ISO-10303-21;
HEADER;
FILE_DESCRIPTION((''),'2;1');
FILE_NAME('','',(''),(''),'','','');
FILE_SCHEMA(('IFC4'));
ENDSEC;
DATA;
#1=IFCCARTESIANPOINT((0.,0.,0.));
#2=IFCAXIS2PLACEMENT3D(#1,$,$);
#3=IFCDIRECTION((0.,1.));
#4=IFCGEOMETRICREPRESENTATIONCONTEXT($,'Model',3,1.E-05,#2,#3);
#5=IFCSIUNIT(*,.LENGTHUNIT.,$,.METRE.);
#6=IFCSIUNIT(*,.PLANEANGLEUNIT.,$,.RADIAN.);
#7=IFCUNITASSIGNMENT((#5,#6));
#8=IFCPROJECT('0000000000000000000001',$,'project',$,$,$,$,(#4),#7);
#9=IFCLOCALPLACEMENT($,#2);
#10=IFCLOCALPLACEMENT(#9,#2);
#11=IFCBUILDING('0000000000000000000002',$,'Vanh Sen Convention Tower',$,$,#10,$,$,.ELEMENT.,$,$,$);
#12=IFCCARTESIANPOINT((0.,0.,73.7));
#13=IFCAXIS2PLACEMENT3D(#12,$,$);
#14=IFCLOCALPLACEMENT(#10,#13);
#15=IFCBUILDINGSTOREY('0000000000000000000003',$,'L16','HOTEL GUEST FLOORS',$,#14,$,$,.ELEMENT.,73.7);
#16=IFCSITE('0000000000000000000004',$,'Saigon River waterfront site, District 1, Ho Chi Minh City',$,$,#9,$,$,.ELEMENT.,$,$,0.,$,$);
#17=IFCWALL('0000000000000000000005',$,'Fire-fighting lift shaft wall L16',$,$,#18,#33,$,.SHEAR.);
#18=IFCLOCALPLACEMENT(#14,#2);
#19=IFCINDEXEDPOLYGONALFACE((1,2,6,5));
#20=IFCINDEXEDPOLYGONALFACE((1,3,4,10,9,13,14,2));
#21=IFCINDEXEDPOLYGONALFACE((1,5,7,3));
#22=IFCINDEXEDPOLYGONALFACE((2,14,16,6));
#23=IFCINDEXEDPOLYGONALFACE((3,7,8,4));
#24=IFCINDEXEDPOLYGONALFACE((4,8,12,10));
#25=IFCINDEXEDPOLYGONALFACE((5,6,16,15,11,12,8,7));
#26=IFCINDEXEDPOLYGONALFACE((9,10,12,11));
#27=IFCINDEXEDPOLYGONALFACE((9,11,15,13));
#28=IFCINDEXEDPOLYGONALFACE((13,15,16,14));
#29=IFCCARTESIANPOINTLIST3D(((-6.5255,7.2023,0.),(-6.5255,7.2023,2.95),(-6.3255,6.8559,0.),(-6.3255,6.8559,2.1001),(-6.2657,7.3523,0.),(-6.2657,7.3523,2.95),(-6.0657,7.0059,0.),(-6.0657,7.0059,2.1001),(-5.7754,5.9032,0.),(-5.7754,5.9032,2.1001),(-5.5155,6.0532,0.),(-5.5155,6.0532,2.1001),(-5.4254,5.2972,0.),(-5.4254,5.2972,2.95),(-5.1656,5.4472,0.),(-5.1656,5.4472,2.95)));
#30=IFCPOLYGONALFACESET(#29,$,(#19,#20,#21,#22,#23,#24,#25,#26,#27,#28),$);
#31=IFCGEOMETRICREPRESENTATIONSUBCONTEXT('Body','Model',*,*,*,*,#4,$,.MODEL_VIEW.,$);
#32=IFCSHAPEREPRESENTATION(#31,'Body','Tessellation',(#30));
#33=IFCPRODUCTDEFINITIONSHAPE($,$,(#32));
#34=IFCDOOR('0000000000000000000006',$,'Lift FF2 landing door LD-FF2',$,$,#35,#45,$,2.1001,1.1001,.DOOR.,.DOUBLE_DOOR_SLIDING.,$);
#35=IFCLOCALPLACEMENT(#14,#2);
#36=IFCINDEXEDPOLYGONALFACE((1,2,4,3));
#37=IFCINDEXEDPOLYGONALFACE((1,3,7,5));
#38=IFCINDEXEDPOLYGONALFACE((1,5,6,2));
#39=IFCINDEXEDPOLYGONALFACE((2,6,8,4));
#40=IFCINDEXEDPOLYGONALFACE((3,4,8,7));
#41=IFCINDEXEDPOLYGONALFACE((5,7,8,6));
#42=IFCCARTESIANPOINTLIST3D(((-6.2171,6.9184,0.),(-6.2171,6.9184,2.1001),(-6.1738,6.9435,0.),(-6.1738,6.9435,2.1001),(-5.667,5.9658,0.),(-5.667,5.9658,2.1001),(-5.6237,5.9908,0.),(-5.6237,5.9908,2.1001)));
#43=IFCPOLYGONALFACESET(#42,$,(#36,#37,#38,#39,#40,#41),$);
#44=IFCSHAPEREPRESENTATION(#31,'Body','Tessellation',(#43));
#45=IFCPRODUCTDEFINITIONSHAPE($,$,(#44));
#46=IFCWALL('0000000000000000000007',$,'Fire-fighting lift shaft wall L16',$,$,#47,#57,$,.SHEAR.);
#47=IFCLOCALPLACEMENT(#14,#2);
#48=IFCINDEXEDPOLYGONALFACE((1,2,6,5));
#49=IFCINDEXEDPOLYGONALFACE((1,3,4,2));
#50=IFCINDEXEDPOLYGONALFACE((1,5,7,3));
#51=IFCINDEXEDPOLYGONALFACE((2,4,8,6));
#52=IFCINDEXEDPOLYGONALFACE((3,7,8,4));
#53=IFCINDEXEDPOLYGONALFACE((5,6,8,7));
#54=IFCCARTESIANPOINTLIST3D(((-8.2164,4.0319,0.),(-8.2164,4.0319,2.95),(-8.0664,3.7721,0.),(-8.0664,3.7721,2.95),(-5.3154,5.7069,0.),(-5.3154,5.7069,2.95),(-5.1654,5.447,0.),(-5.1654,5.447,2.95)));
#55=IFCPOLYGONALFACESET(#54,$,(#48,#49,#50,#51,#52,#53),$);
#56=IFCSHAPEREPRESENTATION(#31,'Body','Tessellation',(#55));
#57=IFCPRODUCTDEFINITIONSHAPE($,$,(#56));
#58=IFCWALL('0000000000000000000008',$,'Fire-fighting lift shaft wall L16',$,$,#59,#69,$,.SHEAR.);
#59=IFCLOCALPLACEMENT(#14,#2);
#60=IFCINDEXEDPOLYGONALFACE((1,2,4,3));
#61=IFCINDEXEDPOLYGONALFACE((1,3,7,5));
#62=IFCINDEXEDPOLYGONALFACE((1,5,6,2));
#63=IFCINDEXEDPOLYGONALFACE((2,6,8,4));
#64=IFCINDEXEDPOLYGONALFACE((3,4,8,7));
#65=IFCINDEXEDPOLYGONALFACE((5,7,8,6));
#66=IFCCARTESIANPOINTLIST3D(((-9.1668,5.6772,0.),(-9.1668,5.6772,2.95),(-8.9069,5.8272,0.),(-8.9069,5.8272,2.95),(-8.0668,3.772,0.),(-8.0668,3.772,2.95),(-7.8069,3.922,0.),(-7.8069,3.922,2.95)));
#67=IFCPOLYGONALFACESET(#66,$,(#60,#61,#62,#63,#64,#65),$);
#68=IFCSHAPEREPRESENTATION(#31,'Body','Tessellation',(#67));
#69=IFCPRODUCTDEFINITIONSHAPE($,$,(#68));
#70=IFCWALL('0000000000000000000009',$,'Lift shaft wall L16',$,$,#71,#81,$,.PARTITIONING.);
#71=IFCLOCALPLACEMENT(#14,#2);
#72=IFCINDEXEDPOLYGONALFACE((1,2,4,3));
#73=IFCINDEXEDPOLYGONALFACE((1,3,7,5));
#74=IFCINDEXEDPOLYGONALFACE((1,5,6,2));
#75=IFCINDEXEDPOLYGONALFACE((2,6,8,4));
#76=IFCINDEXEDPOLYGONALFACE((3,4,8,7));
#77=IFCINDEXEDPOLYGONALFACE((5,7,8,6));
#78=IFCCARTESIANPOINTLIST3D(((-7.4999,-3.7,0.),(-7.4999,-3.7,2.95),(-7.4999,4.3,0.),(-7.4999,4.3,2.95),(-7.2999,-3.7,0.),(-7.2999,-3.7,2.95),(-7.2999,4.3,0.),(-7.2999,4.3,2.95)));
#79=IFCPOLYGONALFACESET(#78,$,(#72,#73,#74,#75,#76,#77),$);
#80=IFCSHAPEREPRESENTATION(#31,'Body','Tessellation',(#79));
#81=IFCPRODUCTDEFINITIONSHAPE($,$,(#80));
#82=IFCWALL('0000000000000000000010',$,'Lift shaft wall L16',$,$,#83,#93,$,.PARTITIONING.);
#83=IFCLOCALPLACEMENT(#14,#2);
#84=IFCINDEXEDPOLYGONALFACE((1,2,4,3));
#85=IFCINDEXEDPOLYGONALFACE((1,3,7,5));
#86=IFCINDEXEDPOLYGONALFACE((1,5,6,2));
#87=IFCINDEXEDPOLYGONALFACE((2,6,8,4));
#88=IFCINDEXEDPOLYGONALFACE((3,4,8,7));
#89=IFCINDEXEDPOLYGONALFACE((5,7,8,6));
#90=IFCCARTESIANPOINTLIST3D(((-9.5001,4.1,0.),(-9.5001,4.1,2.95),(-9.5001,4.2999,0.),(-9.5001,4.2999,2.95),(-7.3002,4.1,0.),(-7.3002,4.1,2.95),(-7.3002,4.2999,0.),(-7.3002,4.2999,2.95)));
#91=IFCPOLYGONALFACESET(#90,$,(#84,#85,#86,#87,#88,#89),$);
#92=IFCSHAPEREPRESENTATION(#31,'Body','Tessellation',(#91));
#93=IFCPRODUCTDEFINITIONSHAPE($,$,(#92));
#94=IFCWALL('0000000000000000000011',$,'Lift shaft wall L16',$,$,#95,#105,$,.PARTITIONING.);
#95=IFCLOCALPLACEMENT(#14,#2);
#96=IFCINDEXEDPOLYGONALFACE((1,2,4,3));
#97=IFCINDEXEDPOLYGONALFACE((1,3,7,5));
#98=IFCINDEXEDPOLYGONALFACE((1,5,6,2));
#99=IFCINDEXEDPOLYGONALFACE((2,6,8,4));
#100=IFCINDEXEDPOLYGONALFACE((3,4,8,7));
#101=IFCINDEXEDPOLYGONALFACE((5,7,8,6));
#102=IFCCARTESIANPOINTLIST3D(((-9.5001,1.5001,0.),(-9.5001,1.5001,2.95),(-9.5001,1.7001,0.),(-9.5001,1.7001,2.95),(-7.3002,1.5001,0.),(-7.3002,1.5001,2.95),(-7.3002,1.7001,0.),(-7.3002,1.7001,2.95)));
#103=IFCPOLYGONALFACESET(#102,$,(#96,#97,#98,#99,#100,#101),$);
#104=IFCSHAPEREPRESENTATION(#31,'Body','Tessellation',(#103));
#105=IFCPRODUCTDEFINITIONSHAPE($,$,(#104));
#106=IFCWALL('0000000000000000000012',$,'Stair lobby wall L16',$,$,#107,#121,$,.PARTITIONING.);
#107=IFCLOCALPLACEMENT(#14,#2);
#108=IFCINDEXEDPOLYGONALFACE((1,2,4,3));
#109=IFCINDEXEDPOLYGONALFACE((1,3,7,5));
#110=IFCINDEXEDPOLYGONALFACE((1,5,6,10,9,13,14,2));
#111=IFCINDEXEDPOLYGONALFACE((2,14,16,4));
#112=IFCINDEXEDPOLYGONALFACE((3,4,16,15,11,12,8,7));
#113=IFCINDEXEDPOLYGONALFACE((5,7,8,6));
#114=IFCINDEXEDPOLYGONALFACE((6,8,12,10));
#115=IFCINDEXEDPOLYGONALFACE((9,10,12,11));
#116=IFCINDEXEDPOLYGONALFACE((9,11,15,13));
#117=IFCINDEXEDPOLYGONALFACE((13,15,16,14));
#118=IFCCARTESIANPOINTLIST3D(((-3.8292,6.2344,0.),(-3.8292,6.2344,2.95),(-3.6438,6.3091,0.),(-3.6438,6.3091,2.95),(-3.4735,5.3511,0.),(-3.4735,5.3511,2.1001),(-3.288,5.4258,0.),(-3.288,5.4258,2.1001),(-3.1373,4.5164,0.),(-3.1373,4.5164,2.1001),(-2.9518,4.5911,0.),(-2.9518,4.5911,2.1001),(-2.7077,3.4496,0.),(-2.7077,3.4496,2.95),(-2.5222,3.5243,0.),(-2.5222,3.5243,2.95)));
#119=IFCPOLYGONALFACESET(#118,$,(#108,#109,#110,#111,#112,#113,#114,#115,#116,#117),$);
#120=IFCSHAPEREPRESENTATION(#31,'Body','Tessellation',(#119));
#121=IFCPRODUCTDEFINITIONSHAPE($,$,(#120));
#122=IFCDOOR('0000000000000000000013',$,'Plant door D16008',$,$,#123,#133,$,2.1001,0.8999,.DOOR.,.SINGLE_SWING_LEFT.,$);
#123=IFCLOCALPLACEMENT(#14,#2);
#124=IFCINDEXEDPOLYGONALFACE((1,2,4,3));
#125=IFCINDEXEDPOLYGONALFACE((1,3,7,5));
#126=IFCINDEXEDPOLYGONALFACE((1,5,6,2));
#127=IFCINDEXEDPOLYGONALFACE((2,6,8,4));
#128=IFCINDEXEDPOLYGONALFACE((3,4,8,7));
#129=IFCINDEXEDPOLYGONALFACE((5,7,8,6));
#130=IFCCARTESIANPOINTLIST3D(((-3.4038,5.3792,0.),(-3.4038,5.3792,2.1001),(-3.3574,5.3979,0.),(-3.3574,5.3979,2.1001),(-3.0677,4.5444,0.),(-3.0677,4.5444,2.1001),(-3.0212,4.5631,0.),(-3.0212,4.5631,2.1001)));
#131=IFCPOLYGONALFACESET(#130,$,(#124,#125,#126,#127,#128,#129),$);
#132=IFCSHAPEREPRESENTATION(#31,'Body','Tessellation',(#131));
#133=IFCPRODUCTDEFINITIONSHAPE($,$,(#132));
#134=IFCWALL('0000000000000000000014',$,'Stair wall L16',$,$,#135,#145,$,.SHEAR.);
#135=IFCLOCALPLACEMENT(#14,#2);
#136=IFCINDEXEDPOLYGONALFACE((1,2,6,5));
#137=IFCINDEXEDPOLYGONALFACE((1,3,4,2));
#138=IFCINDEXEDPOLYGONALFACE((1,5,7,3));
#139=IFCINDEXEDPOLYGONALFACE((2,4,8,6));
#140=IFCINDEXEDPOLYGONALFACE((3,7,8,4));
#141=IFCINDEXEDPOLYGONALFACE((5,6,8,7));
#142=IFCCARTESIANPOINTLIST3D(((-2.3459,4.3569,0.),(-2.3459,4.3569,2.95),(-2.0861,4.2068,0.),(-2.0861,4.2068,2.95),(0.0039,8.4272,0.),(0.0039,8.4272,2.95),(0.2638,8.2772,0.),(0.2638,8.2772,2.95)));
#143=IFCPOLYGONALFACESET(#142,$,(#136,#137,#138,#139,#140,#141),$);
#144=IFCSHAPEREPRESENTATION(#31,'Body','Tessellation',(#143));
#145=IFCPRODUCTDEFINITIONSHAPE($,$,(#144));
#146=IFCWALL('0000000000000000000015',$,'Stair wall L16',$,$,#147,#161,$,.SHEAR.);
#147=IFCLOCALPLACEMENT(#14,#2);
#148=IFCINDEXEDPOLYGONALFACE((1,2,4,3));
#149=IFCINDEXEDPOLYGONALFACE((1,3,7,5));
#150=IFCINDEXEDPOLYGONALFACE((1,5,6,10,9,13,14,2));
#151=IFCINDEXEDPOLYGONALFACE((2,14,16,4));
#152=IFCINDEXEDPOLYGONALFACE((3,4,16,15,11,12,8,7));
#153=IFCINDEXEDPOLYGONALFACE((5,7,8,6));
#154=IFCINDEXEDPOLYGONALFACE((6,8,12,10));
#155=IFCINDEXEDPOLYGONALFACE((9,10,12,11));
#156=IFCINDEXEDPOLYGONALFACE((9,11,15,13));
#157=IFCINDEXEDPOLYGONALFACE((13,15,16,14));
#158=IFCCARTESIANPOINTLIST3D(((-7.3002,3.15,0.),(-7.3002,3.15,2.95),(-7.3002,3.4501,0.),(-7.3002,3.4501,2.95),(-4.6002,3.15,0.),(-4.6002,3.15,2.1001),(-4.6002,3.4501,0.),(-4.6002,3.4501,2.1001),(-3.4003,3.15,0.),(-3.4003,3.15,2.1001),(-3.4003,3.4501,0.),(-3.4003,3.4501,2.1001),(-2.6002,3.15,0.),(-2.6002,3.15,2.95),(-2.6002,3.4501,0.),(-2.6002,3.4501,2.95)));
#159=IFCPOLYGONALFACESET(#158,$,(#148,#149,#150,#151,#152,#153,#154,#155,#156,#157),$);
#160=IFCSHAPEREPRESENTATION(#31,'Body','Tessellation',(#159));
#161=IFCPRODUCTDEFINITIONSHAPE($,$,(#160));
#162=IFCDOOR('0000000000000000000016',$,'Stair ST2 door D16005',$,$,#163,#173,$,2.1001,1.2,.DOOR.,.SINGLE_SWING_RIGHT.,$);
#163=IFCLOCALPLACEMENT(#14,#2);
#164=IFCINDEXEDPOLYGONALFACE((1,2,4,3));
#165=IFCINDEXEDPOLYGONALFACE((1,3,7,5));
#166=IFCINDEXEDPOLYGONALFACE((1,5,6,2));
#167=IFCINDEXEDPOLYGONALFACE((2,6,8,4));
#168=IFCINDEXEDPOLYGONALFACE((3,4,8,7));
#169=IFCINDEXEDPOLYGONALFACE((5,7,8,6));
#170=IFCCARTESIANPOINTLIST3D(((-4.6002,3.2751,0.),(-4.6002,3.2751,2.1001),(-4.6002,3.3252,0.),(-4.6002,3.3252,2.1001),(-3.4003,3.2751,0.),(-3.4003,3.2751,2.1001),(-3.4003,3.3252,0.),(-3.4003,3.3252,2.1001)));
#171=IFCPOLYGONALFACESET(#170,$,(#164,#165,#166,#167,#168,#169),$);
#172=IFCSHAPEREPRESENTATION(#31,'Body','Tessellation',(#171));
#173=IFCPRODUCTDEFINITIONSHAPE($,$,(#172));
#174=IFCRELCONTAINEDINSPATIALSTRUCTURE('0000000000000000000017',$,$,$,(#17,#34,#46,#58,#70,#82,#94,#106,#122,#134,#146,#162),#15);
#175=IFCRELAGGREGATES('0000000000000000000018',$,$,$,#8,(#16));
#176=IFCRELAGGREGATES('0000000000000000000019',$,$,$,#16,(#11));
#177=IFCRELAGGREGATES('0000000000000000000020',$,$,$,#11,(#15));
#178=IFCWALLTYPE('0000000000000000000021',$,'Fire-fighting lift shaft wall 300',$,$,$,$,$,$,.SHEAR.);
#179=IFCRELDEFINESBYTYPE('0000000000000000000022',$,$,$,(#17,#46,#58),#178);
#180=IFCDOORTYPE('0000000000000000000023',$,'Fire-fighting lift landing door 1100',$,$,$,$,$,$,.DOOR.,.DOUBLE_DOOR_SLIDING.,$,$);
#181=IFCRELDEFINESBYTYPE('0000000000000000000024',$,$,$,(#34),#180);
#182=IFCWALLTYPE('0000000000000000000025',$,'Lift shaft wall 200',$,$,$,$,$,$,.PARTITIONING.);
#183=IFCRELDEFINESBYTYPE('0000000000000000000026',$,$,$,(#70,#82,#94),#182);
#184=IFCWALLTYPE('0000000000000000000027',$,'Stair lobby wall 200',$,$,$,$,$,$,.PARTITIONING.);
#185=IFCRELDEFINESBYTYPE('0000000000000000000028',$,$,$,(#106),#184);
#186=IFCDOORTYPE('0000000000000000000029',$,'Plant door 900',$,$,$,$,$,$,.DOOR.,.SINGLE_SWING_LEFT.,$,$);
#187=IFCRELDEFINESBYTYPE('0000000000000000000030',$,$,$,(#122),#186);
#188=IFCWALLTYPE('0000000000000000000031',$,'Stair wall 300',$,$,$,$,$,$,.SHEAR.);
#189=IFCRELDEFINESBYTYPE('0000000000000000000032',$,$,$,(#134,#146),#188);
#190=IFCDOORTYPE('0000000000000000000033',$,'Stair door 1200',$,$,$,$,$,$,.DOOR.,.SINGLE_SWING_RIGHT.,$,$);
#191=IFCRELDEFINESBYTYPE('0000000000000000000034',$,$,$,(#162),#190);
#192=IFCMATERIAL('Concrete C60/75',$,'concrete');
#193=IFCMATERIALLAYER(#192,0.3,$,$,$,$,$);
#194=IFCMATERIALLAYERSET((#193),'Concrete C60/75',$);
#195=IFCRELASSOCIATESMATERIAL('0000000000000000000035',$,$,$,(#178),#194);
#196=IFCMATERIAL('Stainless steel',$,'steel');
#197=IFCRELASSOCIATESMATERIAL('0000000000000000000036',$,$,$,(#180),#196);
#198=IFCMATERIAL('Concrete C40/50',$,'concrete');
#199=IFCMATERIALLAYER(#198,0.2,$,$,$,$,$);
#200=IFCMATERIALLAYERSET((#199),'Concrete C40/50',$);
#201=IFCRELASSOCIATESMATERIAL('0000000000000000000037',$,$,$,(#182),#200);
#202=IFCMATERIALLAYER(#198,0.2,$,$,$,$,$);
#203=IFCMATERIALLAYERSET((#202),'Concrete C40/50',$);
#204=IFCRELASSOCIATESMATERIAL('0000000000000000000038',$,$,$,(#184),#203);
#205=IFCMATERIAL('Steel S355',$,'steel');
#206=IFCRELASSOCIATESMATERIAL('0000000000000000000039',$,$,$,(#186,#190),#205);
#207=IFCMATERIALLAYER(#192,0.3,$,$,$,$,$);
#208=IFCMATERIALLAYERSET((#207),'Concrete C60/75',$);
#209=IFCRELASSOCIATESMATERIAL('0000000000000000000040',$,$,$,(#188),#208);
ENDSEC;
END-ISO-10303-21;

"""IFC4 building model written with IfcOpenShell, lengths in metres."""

from ifc_helpers import new_model, si_unit, direction, frame, frame_2d, origin, place, context, subcontext, project, spatial, rectangle, extrude, material, layer, layer_set, type_object, element, fill, save


model = new_model("IFC4")

# Units and contexts
model_context = context("Model", 3, precision=1e-05, world=origin(), true_north=direction((0.0, 1.0)))
body_context = subcontext(model_context, "Body", "Model", "MODEL_VIEW")
ifc_project = project(units=[si_unit("LENGTHUNIT", "METRE"), si_unit("PLANEANGLEUNIT", "RADIAN")], contexts=[model_context])

# Site, building, storey
site_placement = place(None, origin())
site = spatial("IfcSite", under=ifc_project, at=site_placement, Name="Saigon River waterfront site, District 1, Ho Chi Minh City", CompositionType="ELEMENT", RefElevation=0.0)
building_placement = place(site_placement, origin())
building = spatial("IfcBuilding", under=site, at=building_placement, Name="Vanh Sen Convention Tower", CompositionType="ELEMENT")
storey_placement = place(building_placement, frame((0.0, 0.0, 73.7)))
storey = spatial("IfcBuildingStorey", under=building, at=storey_placement, Name="L16", Description="HOTEL GUEST FLOORS", CompositionType="ELEMENT", Elevation=73.7)

# Wall, opening, door
ifc_material_1 = material(Name="Concrete C60/75", Category="concrete")
ifc_layer_1 = layer(ifc_material_1, 0.3)
ifc_layer_set_1 = layer_set([ifc_layer_1], Name="Concrete C60/75")
wall_type_1 = type_object("IfcWallType", Name="Fire-fighting lift shaft wall 300", PredefinedType="SHEAR", material=ifc_layer_set_1)
wall_1_placement = place(storey_placement, frame((-5.2954, 5.3721, 0.0), z_axis=(0.0, 0.0, 1.0), x_axis=(-0.500078, 0.86598, 0.0)))
wall_1 = element("IfcWall", 1, at=wall_1_placement, inside=storey, type_object=wall_type_1, Name="Fire-fighting lift shaft wall L16", PredefinedType="SHEAR", context=body_context, shape_type="SweptSolid", body=[
    extrude(rectangle(XDim=2.2, YDim=0.3, at=frame_2d((1.1001, 0.0))), origin(), (0.0, 0.0, 1.0), 2.95),
])
opening_1_placement = place(wall_1_placement, frame((0.7, 0.0, 0.0)))
opening_1 = element("IfcOpeningElement", 2, at=opening_1_placement, cuts=wall_1, PredefinedType="OPENING", context=body_context, shape_type="SweptSolid", body=[
    extrude(rectangle(XDim=1.1001, YDim=2.1001, at=frame_2d((0.55, 1.05))), frame((0.0, 0.1599, 0.0), z_axis=(0.0, -1.0, 0.0), x_axis=(1.0, 0.0, 0.0)), (0.0, 0.0, 1.0), 0.3201),
])
ifc_material_2 = material(Name="Stainless steel", Category="steel")
door_type_1 = type_object("IfcDoorType", Name="Fire-fighting lift landing door 1100", OperationType="DOUBLE_DOOR_SLIDING", PredefinedType="DOOR", material=ifc_material_2)
door_1_placement = place(opening_1_placement, origin())
door_1 = element("IfcDoor", 3, at=door_1_placement, inside=storey, type_object=door_type_1, Name="Lift FF2 landing door LD-FF2", OperationType="DOUBLE_DOOR_SLIDING", OverallHeight=2.1001, OverallWidth=1.1001, PredefinedType="DOOR", context=body_context, shape_type="SweptSolid", body=[
    extrude(rectangle(XDim=1.1001, YDim=2.1001, at=frame_2d((0.55, 1.05))), frame((0.0, 0.0249, 0.0), z_axis=(0.0, -1.0, 0.0), x_axis=(1.0, 0.0, 0.0)), (0.0, 0.0, 1.0), 0.05),
])
fill(opening_1, door_1)

# Walls
wall_2_placement = place(storey_placement, frame((-5.2405, 5.5769, 0.0), z_axis=(0.0, 0.0, 1.0), x_axis=(-0.866014, -0.500019, 0.0)))
element("IfcWall", 4, at=wall_2_placement, inside=storey, type_object=wall_type_1, Name="Fire-fighting lift shaft wall L16", PredefinedType="SHEAR", context=body_context, shape_type="SweptSolid", body=[
    extrude(rectangle(XDim=3.3499, YDim=0.3, at=frame_2d((1.6748, 0.0))), origin(), (0.0, 0.0, 1.0), 2.95),
])
wall_3_placement = place(storey_placement, frame((-7.9368, 3.8469, 0.0), z_axis=(0.0, 0.0, 1.0), x_axis=(-0.50003, 0.866008, 0.0)))
element("IfcWall", 5, at=wall_3_placement, inside=storey, type_object=wall_type_1, Name="Fire-fighting lift shaft wall L16", PredefinedType="SHEAR", context=body_context, shape_type="SweptSolid", body=[
    extrude(rectangle(XDim=2.2, YDim=0.3, at=frame_2d((1.1001, 0.0))), origin(), (0.0, 0.0, 1.0), 2.95),
])
ifc_material_3 = material(Name="Concrete C40/50", Category="concrete")
ifc_layer_2 = layer(ifc_material_3, 0.2)
ifc_layer_set_2 = layer_set([ifc_layer_2], Name="Concrete C40/50")
wall_type_2 = type_object("IfcWallType", Name="Lift shaft wall 200", PredefinedType="PARTITIONING", material=ifc_layer_set_2)
wall_4_placement = place(storey_placement, frame((-7.3999, 4.3, 0.0), z_axis=(0.0, 0.0, 1.0), x_axis=(0.0, -1.0, 0.0)))
element("IfcWall", 6, at=wall_4_placement, inside=storey, type_object=wall_type_2, Name="Lift shaft wall L16", PredefinedType="PARTITIONING", context=body_context, shape_type="SweptSolid", body=[
    extrude(rectangle(XDim=8.0, YDim=0.2, at=frame_2d((4.0, 0.0))), origin(), (0.0, 0.0, 1.0), 2.95),
])
for number, where, z_axis, x_axis, name in (
    (7, (-7.3, 4.2, 0.0), (0.0, 0.0, 1.0), (-1.0, 0.0, 0.0), "Lift shaft wall L16"),
    (8, (-7.3, 1.6001, 0.0), (0.0, 0.0, 1.0), (-1.0, 0.0, 0.0), "Lift shaft wall L16"),
):
    element("IfcWall", number, at=place(storey_placement, frame(where, z_axis=z_axis, x_axis=x_axis)), inside=storey, type_object=wall_type_2, Name=name, PredefinedType="PARTITIONING", context=body_context, shape_type="SweptSolid", body=[
        extrude(rectangle(XDim=2.2, YDim=0.2, at=frame_2d((1.1001, 0.0))), origin(), (0.0, 0.0, 1.0), 2.95),
    ])

# Wall, opening, door
ifc_layer_3 = layer(ifc_material_3, 0.2)
ifc_layer_set_3 = layer_set([ifc_layer_3], Name="Concrete C40/50")
wall_type_3 = type_object("IfcWallType", Name="Stair lobby wall 200", PredefinedType="PARTITIONING", material=ifc_layer_set_3)
wall_5_placement = place(storey_placement, frame((-2.615, 3.4871, 0.0), z_axis=(0.0, 0.0, 1.0), x_axis=(-0.373577, 0.927599, 0.0)))
wall_5 = element("IfcWall", 9, at=wall_5_placement, inside=storey, type_object=wall_type_3, Name="Stair lobby wall L16", PredefinedType="PARTITIONING", context=body_context, shape_type="SweptSolid", body=[
    extrude(rectangle(XDim=3.0022, YDim=0.2, at=frame_2d((1.501, 0.0))), origin(), (0.0, 0.0, 1.0), 2.95),
])
opening_2_placement = place(wall_5_placement, frame((1.1499, 0.0, 0.0)))
opening_2 = element("IfcOpeningElement", 10, at=opening_2_placement, cuts=wall_5, PredefinedType="OPENING", context=body_context, shape_type="SweptSolid", body=[
    extrude(rectangle(XDim=0.8999, YDim=2.1001, at=frame_2d((0.45, 1.05))), frame((0.0, 0.1099, 0.0), z_axis=(0.0, -1.0, 0.0), x_axis=(1.0, 0.0, 0.0)), (0.0, 0.0, 1.0), 0.22),
])
ifc_material_4 = material(Name="Steel S355", Category="steel")
door_type_2 = type_object("IfcDoorType", Name="Plant door 900", OperationType="SINGLE_SWING_LEFT", PredefinedType="DOOR", material=ifc_material_4)
door_2_placement = place(opening_2_placement, origin())
door_2 = element("IfcDoor", 11, at=door_2_placement, inside=storey, type_object=door_type_2, Name="Plant door D16008", OperationType="SINGLE_SWING_LEFT", OverallHeight=2.1001, OverallWidth=0.8999, PredefinedType="DOOR", context=body_context, shape_type="SweptSolid", body=[
    extrude(rectangle(XDim=0.8999, YDim=2.1001, at=frame_2d((0.45, 1.05))), frame((0.0, 0.0249, 0.0), z_axis=(0.0, -1.0, 0.0), x_axis=(1.0, 0.0, 0.0)), (0.0, 0.0, 1.0), 0.05),
])
fill(opening_2, door_2)

# Wall
ifc_layer_4 = layer(ifc_material_1, 0.3)
ifc_layer_set_4 = layer_set([ifc_layer_4], Name="Concrete C60/75")
wall_type_4 = type_object("IfcWallType", Name="Stair wall 300", PredefinedType="SHEAR", material=ifc_layer_set_4)
wall_6_placement = place(storey_placement, frame((-2.2161, 4.2817, 0.0), z_axis=(0.0, 0.0, 1.0), x_axis=(0.499977, 0.866039, 0.0)))
element("IfcWall", 12, at=wall_6_placement, inside=storey, type_object=wall_type_4, Name="Stair wall L16", PredefinedType="SHEAR", context=body_context, shape_type="SweptSolid", body=[
    extrude(rectangle(XDim=4.7, YDim=0.3, at=frame_2d((2.3501, 0.0))), origin(), (0.0, 0.0, 1.0), 2.95),
])

# Wall, opening, door
wall_7_placement = place(storey_placement, frame((-2.6001, 3.3, 0.0), z_axis=(0.0, 0.0, 1.0), x_axis=(-1.0, 0.0, 0.0)))
wall_7 = element("IfcWall", 13, at=wall_7_placement, inside=storey, type_object=wall_type_4, Name="Stair wall L16", PredefinedType="SHEAR", context=body_context, shape_type="SweptSolid", body=[
    extrude(rectangle(XDim=4.7, YDim=0.3, at=frame_2d((2.3501, 0.0))), origin(), (0.0, 0.0, 1.0), 2.95),
])
opening_3_placement = place(wall_7_placement, frame((0.8, 0.0, 0.0)))
opening_3 = element("IfcOpeningElement", 14, at=opening_3_placement, cuts=wall_7, PredefinedType="OPENING", context=body_context, shape_type="SweptSolid", body=[
    extrude(rectangle(XDim=1.2, YDim=2.1001, at=frame_2d((0.6001, 1.05))), frame((0.0, 0.1599, 0.0), z_axis=(0.0, -1.0, 0.0), x_axis=(1.0, 0.0, 0.0)), (0.0, 0.0, 1.0), 0.3201),
])
door_type_3 = type_object("IfcDoorType", Name="Stair door 1200", OperationType="SINGLE_SWING_RIGHT", PredefinedType="DOOR", material=ifc_material_4)
door_3_placement = place(opening_3_placement, origin())
door_3 = element("IfcDoor", 15, at=door_3_placement, inside=storey, type_object=door_type_3, Name="Stair ST2 door D16005", OperationType="SINGLE_SWING_RIGHT", OverallHeight=2.1001, OverallWidth=1.2, PredefinedType="DOOR", context=body_context, shape_type="SweptSolid", body=[
    extrude(rectangle(XDim=1.2, YDim=2.1001, at=frame_2d((0.6001, 1.05))), frame((0.0, 0.0249, 0.0), z_axis=(0.0, -1.0, 0.0), x_axis=(1.0, 0.0, 0.0)), (0.0, 0.0, 1.0), 0.05),
])
fill(opening_3, door_3)

save(model, "model.ifc")
